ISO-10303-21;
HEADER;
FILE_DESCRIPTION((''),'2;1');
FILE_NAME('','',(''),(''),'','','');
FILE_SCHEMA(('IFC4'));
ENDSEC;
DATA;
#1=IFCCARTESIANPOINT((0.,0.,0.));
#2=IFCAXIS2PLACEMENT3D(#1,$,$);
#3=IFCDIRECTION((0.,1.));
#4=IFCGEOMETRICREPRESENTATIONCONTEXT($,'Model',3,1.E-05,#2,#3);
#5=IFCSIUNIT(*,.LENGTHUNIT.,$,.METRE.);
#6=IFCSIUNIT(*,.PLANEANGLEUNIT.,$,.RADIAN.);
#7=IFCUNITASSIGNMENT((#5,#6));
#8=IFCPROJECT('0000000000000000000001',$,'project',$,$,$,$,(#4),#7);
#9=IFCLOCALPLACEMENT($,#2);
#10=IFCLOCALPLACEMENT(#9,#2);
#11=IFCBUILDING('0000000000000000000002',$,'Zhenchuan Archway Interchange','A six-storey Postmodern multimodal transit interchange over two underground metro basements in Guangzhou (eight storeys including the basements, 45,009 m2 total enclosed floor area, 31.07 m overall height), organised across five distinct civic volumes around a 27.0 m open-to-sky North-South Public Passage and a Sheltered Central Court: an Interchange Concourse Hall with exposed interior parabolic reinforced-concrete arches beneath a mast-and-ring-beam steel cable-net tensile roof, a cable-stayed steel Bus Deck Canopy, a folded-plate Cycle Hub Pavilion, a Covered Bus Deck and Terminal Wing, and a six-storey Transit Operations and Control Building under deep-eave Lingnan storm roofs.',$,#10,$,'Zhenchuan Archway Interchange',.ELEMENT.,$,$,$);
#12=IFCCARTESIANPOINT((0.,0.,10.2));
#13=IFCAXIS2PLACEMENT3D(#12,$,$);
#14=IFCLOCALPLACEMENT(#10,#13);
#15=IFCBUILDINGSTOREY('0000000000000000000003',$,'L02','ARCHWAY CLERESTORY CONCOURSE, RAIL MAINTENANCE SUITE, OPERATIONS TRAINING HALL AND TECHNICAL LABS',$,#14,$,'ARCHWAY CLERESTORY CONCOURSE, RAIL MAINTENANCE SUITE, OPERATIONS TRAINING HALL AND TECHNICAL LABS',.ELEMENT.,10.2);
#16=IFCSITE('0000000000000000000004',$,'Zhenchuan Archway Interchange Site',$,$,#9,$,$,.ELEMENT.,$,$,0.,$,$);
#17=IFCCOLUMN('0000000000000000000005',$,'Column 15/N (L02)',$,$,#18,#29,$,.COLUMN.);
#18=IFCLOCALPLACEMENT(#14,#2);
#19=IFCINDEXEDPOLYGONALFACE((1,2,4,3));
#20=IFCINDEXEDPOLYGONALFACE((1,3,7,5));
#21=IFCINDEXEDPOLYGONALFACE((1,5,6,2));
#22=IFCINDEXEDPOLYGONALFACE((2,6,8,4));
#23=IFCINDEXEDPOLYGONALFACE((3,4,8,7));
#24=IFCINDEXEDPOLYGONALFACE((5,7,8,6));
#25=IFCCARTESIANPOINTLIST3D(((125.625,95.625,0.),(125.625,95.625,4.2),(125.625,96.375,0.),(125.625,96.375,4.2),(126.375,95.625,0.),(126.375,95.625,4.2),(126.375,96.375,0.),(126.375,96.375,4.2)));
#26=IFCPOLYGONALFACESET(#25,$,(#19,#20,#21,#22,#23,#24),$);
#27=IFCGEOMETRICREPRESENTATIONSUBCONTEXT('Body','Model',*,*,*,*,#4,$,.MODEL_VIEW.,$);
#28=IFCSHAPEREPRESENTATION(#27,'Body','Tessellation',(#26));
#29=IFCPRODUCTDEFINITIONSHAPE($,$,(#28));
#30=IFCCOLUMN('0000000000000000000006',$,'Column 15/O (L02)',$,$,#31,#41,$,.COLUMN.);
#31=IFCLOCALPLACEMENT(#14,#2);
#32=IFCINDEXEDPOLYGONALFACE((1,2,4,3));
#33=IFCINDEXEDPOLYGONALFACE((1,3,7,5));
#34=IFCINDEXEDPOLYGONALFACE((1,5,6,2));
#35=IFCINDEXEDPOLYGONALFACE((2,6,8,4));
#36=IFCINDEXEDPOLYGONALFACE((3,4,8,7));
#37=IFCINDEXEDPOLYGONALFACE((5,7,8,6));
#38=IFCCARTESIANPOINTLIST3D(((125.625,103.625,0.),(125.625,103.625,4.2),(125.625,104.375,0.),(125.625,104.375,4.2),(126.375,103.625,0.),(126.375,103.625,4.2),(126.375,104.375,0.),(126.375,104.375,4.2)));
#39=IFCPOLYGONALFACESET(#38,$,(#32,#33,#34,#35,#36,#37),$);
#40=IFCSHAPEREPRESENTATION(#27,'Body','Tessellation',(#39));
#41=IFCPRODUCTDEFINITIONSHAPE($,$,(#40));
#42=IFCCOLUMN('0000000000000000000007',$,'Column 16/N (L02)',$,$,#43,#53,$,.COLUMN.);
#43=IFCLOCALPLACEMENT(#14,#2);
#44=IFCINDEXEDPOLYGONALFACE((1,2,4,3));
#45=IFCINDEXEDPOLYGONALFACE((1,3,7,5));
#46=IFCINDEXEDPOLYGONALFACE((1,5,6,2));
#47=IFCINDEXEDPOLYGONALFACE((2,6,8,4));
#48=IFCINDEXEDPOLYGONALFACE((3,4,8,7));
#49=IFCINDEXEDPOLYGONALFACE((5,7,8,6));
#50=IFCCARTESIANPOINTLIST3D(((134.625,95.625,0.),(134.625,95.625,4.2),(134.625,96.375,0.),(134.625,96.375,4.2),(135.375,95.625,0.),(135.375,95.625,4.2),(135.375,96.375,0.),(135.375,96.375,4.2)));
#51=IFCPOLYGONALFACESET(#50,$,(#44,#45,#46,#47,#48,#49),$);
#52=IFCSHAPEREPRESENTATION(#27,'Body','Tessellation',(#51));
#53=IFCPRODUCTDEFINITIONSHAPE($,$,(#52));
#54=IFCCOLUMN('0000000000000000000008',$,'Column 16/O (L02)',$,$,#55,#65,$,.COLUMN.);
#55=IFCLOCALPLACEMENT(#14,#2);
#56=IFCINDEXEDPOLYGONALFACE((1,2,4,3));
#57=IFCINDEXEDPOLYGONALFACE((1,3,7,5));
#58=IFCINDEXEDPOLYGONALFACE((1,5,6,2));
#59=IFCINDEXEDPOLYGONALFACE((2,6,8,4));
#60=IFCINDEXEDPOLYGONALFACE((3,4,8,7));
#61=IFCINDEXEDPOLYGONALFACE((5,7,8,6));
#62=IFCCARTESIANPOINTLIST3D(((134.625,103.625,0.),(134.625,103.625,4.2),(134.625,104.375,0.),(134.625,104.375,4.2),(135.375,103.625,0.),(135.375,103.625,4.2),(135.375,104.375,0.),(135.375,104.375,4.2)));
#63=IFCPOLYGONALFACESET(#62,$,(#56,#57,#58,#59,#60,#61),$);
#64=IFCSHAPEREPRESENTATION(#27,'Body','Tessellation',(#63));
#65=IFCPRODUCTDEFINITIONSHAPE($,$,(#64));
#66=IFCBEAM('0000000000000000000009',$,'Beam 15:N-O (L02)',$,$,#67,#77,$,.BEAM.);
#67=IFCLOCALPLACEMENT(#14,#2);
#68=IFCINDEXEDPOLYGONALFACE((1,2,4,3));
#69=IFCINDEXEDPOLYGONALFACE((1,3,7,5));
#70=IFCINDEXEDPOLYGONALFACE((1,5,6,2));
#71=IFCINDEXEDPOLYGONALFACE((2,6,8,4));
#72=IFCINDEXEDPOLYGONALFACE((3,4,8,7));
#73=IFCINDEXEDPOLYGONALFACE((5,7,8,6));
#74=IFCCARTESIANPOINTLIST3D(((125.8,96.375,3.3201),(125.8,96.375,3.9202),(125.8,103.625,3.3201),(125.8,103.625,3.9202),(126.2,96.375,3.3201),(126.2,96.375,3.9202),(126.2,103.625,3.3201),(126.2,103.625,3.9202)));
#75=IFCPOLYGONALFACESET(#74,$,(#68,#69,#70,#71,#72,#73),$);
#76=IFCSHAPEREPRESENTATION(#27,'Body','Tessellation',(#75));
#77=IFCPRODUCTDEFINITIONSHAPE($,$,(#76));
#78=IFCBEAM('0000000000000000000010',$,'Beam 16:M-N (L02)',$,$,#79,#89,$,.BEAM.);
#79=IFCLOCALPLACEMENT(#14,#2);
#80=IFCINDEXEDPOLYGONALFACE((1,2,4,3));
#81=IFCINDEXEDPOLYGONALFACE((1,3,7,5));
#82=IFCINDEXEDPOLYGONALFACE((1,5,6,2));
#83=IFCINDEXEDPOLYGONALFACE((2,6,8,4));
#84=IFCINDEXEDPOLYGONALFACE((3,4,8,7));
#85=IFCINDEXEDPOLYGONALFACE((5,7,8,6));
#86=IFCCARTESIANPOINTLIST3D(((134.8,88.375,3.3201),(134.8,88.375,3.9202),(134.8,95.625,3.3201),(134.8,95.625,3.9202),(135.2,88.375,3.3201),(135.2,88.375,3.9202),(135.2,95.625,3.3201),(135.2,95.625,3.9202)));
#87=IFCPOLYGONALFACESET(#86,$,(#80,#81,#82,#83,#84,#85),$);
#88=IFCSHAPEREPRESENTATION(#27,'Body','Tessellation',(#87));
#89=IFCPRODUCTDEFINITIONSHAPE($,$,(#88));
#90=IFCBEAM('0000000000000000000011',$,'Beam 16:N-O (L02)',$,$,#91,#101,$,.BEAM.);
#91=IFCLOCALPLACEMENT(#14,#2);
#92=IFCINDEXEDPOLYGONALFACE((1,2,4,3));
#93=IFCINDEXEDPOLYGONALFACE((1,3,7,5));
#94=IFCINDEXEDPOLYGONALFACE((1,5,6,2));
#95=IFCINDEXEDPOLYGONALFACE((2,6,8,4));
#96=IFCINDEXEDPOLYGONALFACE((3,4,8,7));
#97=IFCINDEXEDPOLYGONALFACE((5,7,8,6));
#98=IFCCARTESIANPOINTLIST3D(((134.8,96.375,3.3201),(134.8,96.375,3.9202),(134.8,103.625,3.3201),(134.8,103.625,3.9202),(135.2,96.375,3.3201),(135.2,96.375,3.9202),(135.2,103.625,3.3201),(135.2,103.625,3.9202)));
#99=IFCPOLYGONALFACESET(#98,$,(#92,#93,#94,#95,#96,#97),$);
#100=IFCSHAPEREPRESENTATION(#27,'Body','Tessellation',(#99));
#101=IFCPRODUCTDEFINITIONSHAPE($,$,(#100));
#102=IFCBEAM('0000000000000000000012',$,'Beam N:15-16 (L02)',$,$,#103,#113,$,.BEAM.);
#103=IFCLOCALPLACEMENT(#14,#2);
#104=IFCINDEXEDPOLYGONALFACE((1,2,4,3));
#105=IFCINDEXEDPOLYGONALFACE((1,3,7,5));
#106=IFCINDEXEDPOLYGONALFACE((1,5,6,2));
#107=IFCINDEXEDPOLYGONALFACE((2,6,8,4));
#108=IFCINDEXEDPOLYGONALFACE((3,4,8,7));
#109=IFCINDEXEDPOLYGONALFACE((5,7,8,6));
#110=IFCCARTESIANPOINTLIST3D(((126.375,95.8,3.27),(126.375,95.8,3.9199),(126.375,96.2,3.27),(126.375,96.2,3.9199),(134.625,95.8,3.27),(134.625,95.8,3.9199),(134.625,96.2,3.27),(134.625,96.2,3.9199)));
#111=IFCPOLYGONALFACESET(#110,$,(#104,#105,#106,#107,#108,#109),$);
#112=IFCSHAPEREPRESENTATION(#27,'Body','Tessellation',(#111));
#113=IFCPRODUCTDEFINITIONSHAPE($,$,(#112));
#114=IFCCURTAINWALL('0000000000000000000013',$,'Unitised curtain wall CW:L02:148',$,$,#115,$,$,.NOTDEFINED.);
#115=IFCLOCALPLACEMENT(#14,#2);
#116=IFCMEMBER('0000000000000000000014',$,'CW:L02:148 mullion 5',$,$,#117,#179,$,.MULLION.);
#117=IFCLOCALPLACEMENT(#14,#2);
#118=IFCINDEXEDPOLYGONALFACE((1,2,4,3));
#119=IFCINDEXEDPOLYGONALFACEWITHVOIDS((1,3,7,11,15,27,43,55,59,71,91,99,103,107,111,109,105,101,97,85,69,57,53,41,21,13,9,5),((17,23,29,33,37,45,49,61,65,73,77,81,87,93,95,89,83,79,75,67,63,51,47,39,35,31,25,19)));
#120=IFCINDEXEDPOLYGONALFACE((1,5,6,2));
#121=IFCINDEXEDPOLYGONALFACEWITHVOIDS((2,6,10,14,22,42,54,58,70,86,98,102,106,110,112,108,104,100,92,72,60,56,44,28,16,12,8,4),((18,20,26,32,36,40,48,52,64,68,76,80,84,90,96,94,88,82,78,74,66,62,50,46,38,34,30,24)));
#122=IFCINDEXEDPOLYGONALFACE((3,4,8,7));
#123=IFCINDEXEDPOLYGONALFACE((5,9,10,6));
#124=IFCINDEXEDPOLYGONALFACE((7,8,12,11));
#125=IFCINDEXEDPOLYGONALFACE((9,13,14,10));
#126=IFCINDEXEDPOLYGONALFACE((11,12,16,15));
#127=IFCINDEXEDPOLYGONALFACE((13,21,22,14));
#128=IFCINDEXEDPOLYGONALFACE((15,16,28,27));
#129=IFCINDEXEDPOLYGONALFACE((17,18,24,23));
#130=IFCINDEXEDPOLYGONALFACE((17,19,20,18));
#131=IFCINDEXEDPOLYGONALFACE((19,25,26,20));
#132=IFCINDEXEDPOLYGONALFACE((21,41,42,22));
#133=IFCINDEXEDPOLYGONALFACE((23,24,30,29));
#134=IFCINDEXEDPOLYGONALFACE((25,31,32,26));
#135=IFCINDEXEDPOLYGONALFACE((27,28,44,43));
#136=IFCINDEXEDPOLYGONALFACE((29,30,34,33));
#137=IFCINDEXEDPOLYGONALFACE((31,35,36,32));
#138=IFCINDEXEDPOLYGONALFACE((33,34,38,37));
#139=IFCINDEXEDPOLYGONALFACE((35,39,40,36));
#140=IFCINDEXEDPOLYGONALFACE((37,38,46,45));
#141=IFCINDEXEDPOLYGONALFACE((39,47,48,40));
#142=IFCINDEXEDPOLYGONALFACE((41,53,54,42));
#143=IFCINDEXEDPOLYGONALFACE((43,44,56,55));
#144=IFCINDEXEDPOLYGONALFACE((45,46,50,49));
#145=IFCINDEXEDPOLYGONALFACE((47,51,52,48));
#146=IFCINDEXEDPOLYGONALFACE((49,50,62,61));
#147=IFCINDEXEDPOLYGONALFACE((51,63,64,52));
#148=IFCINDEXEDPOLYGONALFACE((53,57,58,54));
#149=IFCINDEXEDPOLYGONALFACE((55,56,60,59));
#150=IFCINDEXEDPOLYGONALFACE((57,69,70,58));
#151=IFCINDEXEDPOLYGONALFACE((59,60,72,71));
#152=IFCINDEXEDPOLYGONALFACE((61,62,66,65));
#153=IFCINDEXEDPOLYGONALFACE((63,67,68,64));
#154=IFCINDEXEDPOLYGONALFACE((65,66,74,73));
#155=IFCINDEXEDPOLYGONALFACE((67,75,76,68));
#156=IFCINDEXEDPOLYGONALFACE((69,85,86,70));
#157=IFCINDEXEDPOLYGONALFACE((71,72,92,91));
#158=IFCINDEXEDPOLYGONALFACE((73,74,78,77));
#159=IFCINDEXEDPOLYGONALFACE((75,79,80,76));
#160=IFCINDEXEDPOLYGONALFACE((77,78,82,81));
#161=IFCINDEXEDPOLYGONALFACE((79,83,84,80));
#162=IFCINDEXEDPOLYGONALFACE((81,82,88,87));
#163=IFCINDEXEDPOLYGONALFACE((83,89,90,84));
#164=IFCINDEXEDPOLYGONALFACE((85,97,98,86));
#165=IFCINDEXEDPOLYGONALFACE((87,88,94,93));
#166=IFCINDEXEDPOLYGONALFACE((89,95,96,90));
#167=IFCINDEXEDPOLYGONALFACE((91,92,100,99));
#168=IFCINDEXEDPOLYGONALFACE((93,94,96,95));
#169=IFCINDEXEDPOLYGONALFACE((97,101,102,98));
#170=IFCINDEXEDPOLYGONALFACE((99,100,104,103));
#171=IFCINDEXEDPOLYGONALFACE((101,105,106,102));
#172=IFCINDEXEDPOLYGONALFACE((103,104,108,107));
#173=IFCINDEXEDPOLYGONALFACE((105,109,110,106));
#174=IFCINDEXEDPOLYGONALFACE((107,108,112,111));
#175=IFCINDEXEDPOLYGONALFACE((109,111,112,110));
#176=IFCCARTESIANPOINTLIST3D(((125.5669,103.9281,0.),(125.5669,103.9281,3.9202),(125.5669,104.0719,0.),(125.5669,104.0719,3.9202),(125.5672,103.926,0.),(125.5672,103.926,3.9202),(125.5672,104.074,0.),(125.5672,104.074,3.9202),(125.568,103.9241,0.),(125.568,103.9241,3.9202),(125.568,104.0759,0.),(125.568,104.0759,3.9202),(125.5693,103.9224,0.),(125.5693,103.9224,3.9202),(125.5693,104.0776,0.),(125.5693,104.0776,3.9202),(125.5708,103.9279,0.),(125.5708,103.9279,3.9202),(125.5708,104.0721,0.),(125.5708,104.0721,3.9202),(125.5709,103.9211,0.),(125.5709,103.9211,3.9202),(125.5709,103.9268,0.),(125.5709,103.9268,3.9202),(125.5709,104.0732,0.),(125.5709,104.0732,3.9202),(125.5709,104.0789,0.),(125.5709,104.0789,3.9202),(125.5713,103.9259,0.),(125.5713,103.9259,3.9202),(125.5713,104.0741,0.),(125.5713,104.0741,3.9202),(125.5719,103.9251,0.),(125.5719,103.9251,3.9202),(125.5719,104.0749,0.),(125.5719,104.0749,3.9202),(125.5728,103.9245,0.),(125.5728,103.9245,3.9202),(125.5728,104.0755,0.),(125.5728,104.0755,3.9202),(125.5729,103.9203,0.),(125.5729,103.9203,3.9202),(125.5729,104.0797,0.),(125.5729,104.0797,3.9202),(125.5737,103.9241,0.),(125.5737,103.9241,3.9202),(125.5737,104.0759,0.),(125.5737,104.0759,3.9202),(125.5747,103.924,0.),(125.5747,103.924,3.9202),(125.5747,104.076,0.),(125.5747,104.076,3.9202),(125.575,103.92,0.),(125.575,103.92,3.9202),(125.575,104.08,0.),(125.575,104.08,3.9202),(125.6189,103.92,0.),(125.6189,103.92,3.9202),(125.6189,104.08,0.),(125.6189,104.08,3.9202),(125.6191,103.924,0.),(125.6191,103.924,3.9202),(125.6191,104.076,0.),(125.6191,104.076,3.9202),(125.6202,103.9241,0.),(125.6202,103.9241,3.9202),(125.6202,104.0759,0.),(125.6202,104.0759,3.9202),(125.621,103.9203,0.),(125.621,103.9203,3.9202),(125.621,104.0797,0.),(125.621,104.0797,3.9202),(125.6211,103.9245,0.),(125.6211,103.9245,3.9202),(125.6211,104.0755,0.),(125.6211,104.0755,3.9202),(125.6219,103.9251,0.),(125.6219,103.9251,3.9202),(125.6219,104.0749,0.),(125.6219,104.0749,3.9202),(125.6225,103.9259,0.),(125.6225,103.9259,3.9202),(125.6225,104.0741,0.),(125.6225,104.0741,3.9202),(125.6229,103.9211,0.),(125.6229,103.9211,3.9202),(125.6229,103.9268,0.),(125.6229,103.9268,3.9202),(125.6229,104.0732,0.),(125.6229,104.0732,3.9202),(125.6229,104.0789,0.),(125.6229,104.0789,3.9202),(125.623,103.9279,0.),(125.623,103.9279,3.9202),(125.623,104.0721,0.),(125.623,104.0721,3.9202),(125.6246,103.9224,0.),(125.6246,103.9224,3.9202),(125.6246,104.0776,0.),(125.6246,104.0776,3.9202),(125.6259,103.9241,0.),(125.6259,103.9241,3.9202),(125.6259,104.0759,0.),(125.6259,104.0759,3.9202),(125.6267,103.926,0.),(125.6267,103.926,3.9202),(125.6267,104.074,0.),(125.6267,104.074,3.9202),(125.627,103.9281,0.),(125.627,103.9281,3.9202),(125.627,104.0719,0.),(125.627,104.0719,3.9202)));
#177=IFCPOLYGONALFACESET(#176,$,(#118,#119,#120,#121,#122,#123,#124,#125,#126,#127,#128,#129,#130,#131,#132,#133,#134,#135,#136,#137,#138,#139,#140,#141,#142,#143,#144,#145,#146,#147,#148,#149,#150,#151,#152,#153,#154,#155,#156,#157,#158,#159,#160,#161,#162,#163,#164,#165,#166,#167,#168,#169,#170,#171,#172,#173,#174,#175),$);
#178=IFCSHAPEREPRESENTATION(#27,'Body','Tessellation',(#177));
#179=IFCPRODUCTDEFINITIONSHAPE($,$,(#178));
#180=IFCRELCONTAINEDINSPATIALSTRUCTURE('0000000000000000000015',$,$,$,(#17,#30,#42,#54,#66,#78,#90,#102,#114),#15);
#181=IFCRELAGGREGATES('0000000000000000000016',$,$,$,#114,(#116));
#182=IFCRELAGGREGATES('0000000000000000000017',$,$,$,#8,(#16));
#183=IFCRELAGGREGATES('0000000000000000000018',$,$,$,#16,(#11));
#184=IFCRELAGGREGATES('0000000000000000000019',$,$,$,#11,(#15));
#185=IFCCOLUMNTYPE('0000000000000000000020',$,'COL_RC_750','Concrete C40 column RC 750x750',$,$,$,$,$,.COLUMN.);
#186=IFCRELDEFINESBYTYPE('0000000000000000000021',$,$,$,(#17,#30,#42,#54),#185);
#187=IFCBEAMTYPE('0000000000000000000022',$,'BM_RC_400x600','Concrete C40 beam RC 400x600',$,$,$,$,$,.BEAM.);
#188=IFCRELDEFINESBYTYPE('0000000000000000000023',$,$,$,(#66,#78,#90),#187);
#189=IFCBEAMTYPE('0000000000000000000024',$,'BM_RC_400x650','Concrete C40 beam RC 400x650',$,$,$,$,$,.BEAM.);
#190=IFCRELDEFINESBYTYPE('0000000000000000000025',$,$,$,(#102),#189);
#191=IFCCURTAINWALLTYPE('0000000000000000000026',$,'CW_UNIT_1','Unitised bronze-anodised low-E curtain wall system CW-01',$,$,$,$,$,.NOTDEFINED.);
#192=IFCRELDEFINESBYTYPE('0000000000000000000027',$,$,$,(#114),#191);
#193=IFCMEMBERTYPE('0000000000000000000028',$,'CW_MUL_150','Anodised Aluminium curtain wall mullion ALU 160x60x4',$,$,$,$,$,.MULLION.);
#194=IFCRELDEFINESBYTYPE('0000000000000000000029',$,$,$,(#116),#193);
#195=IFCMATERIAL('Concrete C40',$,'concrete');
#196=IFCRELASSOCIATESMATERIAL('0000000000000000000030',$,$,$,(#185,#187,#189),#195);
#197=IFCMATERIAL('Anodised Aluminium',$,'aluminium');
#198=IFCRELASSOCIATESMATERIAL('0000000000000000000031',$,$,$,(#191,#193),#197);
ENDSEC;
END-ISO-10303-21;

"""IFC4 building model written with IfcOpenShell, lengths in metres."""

from ifc_helpers import new_model, si_unit, direction, frame, origin, origin_2d, place, context, subcontext, project, spatial, rectangle, hollow_rectangle, extrude, material, material_profile, profile_set, type_object, element, aggregate, save


model = new_model("IFC4")

# Units and contexts
model_context = context("Model", 3, precision=1e-05, world=origin(), true_north=direction((0.0, 1.0)))
body_context = subcontext(model_context, "Body", "Model", "MODEL_VIEW")
ifc_project = project(units=[si_unit("LENGTHUNIT", "METRE"), si_unit("PLANEANGLEUNIT", "RADIAN")], contexts=[model_context])

# Site, building, storey
site_placement = place(None, origin())
site = spatial("IfcSite", under=ifc_project, at=site_placement, Name="Zhenchuan Archway Interchange Site", CompositionType="ELEMENT", RefElevation=0.0)
building_placement = place(site_placement, origin())
building = spatial("IfcBuilding", under=site, at=building_placement, Name="Zhenchuan Archway Interchange", Description="A six-storey Postmodern multimodal transit interchange over two underground metro basements in Guangzhou (eight storeys including the basements, 45,009 m2 total enclosed floor area, 31.07 m overall height), organised across five distinct civic volumes around a 27.0 m open-to-sky North-South Public Passage and a Sheltered Central Court: an Interchange Concourse Hall with exposed interior parabolic reinforced-concrete arches beneath a mast-and-ring-beam steel cable-net tensile roof, a cable-stayed steel Bus Deck Canopy, a folded-plate Cycle Hub Pavilion, a Covered Bus Deck and Terminal Wing, and a six-storey Transit Operations and Control Building under deep-eave Lingnan storm roofs.", LongName="Zhenchuan Archway Interchange", CompositionType="ELEMENT")
storey_placement = place(building_placement, frame((0.0, 0.0, 10.2)))
storey = spatial("IfcBuildingStorey", under=building, at=storey_placement, Name="L02", Description="ARCHWAY CLERESTORY CONCOURSE, RAIL MAINTENANCE SUITE, OPERATIONS TRAINING HALL AND TECHNICAL LABS", LongName="ARCHWAY CLERESTORY CONCOURSE, RAIL MAINTENANCE SUITE, OPERATIONS TRAINING HALL AND TECHNICAL LABS", CompositionType="ELEMENT", Elevation=10.2)

# Columns
ifc_material_1 = material(Name="Concrete C40", Category="concrete")
ifc_material_profile_1 = material_profile(ifc_material_1, rectangle(XDim=0.75, YDim=0.75, at=origin_2d()), Name="RC 750x750")
ifc_profile_set_1 = profile_set([ifc_material_profile_1], Name="Concrete C40")
column_type = type_object("IfcColumnType", Name="COL_RC_750", Description="Concrete C40 column RC 750x750", PredefinedType="COLUMN", material=ifc_profile_set_1)
for number, where, z_axis, x_axis, name in (
    (1, (126.0, 96.0, 0.0), (0.0, 0.0, 1.0), (1.0, 0.0, 0.0), "Column 15/N (L02)"),
    (2, (126.0, 104.0, 0.0), (0.0, 0.0, 1.0), (1.0, 0.0, 0.0), "Column 15/O (L02)"),
    (3, (135.0, 96.0, 0.0), (0.0, 0.0, 1.0), (1.0, 0.0, 0.0), "Column 16/N (L02)"),
    (4, (135.0, 104.0, 0.0), (0.0, 0.0, 1.0), (1.0, 0.0, 0.0), "Column 16/O (L02)"),
):
    element("IfcColumn", number, at=place(storey_placement, frame(where, z_axis=z_axis, x_axis=x_axis)), inside=storey, type_object=column_type, Name=name, PredefinedType="COLUMN", context=body_context, shape_type="SweptSolid", body=[
        extrude(rectangle(XDim=0.75, YDim=0.75, at=origin_2d()), origin(), (0.0, 0.0, 1.0), 4.2),
    ])

# Beams
ifc_material_profile_2 = material_profile(ifc_material_1, rectangle(XDim=0.3999, YDim=0.6001, at=origin_2d()), Name="RC 400x600")
ifc_profile_set_2 = profile_set([ifc_material_profile_2], Name="Concrete C40")
beam_type_1 = type_object("IfcBeamType", Name="BM_RC_400x600", Description="Concrete C40 beam RC 400x600", PredefinedType="BEAM", material=ifc_profile_set_2)
for number, where, z_axis, x_axis, name in (
    (5, (126.0, 96.375, 3.6201), (0.0, 1.0, 0.0), (-1.0, 0.0, 0.0), "Beam 15:N-O (L02)"),
    (6, (135.0, 88.375, 3.6201), (0.0, 1.0, 0.0), (-1.0, 0.0, 0.0), "Beam 16:M-N (L02)"),
    (7, (135.0, 96.375, 3.6201), (0.0, 1.0, 0.0), (-1.0, 0.0, 0.0), "Beam 16:N-O (L02)"),
):
    element("IfcBeam", number, at=place(storey_placement, frame(where, z_axis=z_axis, x_axis=x_axis)), inside=storey, type_object=beam_type_1, Name=name, PredefinedType="BEAM", context=body_context, shape_type="SweptSolid", body=[
        extrude(rectangle(XDim=0.3999, YDim=0.6001, at=origin_2d()), origin(), (0.0, 0.0, 1.0), 7.25),
    ])
ifc_material_profile_3 = material_profile(ifc_material_1, rectangle(XDim=0.3999, YDim=0.6499, at=origin_2d()), Name="RC 400x650")
ifc_profile_set_3 = profile_set([ifc_material_profile_3], Name="Concrete C40")
beam_type_2 = type_object("IfcBeamType", Name="BM_RC_400x650", Description="Concrete C40 beam RC 400x650", PredefinedType="BEAM", material=ifc_profile_set_3)
beam_1_placement = place(storey_placement, frame((126.375, 96.0, 3.595), z_axis=(1.0, 0.0, 0.0), x_axis=(0.0, 1.0, 0.0)))
element("IfcBeam", 8, at=beam_1_placement, inside=storey, type_object=beam_type_2, Name="Beam N:15-16 (L02)", PredefinedType="BEAM", context=body_context, shape_type="SweptSolid", body=[
    extrude(rectangle(XDim=0.3999, YDim=0.6499, at=origin_2d()), origin(), (0.0, 0.0, 1.0), 8.25),
])

# Curtain wall, member
ifc_material_2 = material(Name="Anodised Aluminium", Category="aluminium")
curtain_wall_type = type_object("IfcCurtainWallType", Name="CW_UNIT_1", Description="Unitised bronze-anodised low-E curtain wall system CW-01", PredefinedType="NOTDEFINED", material=ifc_material_2)
curtain_wall_placement = place(storey_placement, origin())
curtain_wall = element("IfcCurtainWall", 9, at=curtain_wall_placement, inside=storey, type_object=curtain_wall_type, Name="Unitised curtain wall CW:L02:148", PredefinedType="NOTDEFINED")
ifc_material_profile_4 = material_profile(ifc_material_2, hollow_rectangle(XDim=0.0601, YDim=0.1599, WallThickness=0.0039, InnerFilletRadius=0.0039, OuterFilletRadius=0.0081, at=origin_2d()), Name="ALU 160x60x4")
ifc_profile_set_4 = profile_set([ifc_material_profile_4], Name="Anodised Aluminium")
member_type_1 = type_object("IfcMemberType", Name="CW_MUL_150", Description="Anodised Aluminium curtain wall mullion ALU 160x60x4", PredefinedType="MULLION", material=ifc_profile_set_4)
member_1_placement = place(storey_placement, frame((125.5969, 104.0, 0.0), z_axis=(0.0, 0.0, 1.0), x_axis=(1.0, 0.0, 0.0)))
member_1 = element("IfcMember", 10, at=member_1_placement, type_object=member_type_1, Name="CW:L02:148 mullion 5", PredefinedType="MULLION", context=body_context, shape_type="SweptSolid", body=[
    extrude(hollow_rectangle(XDim=0.0601, YDim=0.1599, WallThickness=0.0039, InnerFilletRadius=0.0039, OuterFilletRadius=0.0081, at=origin_2d()), origin(), (0.0, 0.0, 1.0), 3.9202),
])

aggregate(curtain_wall, [member_1])

save(model, "model.ifc")
